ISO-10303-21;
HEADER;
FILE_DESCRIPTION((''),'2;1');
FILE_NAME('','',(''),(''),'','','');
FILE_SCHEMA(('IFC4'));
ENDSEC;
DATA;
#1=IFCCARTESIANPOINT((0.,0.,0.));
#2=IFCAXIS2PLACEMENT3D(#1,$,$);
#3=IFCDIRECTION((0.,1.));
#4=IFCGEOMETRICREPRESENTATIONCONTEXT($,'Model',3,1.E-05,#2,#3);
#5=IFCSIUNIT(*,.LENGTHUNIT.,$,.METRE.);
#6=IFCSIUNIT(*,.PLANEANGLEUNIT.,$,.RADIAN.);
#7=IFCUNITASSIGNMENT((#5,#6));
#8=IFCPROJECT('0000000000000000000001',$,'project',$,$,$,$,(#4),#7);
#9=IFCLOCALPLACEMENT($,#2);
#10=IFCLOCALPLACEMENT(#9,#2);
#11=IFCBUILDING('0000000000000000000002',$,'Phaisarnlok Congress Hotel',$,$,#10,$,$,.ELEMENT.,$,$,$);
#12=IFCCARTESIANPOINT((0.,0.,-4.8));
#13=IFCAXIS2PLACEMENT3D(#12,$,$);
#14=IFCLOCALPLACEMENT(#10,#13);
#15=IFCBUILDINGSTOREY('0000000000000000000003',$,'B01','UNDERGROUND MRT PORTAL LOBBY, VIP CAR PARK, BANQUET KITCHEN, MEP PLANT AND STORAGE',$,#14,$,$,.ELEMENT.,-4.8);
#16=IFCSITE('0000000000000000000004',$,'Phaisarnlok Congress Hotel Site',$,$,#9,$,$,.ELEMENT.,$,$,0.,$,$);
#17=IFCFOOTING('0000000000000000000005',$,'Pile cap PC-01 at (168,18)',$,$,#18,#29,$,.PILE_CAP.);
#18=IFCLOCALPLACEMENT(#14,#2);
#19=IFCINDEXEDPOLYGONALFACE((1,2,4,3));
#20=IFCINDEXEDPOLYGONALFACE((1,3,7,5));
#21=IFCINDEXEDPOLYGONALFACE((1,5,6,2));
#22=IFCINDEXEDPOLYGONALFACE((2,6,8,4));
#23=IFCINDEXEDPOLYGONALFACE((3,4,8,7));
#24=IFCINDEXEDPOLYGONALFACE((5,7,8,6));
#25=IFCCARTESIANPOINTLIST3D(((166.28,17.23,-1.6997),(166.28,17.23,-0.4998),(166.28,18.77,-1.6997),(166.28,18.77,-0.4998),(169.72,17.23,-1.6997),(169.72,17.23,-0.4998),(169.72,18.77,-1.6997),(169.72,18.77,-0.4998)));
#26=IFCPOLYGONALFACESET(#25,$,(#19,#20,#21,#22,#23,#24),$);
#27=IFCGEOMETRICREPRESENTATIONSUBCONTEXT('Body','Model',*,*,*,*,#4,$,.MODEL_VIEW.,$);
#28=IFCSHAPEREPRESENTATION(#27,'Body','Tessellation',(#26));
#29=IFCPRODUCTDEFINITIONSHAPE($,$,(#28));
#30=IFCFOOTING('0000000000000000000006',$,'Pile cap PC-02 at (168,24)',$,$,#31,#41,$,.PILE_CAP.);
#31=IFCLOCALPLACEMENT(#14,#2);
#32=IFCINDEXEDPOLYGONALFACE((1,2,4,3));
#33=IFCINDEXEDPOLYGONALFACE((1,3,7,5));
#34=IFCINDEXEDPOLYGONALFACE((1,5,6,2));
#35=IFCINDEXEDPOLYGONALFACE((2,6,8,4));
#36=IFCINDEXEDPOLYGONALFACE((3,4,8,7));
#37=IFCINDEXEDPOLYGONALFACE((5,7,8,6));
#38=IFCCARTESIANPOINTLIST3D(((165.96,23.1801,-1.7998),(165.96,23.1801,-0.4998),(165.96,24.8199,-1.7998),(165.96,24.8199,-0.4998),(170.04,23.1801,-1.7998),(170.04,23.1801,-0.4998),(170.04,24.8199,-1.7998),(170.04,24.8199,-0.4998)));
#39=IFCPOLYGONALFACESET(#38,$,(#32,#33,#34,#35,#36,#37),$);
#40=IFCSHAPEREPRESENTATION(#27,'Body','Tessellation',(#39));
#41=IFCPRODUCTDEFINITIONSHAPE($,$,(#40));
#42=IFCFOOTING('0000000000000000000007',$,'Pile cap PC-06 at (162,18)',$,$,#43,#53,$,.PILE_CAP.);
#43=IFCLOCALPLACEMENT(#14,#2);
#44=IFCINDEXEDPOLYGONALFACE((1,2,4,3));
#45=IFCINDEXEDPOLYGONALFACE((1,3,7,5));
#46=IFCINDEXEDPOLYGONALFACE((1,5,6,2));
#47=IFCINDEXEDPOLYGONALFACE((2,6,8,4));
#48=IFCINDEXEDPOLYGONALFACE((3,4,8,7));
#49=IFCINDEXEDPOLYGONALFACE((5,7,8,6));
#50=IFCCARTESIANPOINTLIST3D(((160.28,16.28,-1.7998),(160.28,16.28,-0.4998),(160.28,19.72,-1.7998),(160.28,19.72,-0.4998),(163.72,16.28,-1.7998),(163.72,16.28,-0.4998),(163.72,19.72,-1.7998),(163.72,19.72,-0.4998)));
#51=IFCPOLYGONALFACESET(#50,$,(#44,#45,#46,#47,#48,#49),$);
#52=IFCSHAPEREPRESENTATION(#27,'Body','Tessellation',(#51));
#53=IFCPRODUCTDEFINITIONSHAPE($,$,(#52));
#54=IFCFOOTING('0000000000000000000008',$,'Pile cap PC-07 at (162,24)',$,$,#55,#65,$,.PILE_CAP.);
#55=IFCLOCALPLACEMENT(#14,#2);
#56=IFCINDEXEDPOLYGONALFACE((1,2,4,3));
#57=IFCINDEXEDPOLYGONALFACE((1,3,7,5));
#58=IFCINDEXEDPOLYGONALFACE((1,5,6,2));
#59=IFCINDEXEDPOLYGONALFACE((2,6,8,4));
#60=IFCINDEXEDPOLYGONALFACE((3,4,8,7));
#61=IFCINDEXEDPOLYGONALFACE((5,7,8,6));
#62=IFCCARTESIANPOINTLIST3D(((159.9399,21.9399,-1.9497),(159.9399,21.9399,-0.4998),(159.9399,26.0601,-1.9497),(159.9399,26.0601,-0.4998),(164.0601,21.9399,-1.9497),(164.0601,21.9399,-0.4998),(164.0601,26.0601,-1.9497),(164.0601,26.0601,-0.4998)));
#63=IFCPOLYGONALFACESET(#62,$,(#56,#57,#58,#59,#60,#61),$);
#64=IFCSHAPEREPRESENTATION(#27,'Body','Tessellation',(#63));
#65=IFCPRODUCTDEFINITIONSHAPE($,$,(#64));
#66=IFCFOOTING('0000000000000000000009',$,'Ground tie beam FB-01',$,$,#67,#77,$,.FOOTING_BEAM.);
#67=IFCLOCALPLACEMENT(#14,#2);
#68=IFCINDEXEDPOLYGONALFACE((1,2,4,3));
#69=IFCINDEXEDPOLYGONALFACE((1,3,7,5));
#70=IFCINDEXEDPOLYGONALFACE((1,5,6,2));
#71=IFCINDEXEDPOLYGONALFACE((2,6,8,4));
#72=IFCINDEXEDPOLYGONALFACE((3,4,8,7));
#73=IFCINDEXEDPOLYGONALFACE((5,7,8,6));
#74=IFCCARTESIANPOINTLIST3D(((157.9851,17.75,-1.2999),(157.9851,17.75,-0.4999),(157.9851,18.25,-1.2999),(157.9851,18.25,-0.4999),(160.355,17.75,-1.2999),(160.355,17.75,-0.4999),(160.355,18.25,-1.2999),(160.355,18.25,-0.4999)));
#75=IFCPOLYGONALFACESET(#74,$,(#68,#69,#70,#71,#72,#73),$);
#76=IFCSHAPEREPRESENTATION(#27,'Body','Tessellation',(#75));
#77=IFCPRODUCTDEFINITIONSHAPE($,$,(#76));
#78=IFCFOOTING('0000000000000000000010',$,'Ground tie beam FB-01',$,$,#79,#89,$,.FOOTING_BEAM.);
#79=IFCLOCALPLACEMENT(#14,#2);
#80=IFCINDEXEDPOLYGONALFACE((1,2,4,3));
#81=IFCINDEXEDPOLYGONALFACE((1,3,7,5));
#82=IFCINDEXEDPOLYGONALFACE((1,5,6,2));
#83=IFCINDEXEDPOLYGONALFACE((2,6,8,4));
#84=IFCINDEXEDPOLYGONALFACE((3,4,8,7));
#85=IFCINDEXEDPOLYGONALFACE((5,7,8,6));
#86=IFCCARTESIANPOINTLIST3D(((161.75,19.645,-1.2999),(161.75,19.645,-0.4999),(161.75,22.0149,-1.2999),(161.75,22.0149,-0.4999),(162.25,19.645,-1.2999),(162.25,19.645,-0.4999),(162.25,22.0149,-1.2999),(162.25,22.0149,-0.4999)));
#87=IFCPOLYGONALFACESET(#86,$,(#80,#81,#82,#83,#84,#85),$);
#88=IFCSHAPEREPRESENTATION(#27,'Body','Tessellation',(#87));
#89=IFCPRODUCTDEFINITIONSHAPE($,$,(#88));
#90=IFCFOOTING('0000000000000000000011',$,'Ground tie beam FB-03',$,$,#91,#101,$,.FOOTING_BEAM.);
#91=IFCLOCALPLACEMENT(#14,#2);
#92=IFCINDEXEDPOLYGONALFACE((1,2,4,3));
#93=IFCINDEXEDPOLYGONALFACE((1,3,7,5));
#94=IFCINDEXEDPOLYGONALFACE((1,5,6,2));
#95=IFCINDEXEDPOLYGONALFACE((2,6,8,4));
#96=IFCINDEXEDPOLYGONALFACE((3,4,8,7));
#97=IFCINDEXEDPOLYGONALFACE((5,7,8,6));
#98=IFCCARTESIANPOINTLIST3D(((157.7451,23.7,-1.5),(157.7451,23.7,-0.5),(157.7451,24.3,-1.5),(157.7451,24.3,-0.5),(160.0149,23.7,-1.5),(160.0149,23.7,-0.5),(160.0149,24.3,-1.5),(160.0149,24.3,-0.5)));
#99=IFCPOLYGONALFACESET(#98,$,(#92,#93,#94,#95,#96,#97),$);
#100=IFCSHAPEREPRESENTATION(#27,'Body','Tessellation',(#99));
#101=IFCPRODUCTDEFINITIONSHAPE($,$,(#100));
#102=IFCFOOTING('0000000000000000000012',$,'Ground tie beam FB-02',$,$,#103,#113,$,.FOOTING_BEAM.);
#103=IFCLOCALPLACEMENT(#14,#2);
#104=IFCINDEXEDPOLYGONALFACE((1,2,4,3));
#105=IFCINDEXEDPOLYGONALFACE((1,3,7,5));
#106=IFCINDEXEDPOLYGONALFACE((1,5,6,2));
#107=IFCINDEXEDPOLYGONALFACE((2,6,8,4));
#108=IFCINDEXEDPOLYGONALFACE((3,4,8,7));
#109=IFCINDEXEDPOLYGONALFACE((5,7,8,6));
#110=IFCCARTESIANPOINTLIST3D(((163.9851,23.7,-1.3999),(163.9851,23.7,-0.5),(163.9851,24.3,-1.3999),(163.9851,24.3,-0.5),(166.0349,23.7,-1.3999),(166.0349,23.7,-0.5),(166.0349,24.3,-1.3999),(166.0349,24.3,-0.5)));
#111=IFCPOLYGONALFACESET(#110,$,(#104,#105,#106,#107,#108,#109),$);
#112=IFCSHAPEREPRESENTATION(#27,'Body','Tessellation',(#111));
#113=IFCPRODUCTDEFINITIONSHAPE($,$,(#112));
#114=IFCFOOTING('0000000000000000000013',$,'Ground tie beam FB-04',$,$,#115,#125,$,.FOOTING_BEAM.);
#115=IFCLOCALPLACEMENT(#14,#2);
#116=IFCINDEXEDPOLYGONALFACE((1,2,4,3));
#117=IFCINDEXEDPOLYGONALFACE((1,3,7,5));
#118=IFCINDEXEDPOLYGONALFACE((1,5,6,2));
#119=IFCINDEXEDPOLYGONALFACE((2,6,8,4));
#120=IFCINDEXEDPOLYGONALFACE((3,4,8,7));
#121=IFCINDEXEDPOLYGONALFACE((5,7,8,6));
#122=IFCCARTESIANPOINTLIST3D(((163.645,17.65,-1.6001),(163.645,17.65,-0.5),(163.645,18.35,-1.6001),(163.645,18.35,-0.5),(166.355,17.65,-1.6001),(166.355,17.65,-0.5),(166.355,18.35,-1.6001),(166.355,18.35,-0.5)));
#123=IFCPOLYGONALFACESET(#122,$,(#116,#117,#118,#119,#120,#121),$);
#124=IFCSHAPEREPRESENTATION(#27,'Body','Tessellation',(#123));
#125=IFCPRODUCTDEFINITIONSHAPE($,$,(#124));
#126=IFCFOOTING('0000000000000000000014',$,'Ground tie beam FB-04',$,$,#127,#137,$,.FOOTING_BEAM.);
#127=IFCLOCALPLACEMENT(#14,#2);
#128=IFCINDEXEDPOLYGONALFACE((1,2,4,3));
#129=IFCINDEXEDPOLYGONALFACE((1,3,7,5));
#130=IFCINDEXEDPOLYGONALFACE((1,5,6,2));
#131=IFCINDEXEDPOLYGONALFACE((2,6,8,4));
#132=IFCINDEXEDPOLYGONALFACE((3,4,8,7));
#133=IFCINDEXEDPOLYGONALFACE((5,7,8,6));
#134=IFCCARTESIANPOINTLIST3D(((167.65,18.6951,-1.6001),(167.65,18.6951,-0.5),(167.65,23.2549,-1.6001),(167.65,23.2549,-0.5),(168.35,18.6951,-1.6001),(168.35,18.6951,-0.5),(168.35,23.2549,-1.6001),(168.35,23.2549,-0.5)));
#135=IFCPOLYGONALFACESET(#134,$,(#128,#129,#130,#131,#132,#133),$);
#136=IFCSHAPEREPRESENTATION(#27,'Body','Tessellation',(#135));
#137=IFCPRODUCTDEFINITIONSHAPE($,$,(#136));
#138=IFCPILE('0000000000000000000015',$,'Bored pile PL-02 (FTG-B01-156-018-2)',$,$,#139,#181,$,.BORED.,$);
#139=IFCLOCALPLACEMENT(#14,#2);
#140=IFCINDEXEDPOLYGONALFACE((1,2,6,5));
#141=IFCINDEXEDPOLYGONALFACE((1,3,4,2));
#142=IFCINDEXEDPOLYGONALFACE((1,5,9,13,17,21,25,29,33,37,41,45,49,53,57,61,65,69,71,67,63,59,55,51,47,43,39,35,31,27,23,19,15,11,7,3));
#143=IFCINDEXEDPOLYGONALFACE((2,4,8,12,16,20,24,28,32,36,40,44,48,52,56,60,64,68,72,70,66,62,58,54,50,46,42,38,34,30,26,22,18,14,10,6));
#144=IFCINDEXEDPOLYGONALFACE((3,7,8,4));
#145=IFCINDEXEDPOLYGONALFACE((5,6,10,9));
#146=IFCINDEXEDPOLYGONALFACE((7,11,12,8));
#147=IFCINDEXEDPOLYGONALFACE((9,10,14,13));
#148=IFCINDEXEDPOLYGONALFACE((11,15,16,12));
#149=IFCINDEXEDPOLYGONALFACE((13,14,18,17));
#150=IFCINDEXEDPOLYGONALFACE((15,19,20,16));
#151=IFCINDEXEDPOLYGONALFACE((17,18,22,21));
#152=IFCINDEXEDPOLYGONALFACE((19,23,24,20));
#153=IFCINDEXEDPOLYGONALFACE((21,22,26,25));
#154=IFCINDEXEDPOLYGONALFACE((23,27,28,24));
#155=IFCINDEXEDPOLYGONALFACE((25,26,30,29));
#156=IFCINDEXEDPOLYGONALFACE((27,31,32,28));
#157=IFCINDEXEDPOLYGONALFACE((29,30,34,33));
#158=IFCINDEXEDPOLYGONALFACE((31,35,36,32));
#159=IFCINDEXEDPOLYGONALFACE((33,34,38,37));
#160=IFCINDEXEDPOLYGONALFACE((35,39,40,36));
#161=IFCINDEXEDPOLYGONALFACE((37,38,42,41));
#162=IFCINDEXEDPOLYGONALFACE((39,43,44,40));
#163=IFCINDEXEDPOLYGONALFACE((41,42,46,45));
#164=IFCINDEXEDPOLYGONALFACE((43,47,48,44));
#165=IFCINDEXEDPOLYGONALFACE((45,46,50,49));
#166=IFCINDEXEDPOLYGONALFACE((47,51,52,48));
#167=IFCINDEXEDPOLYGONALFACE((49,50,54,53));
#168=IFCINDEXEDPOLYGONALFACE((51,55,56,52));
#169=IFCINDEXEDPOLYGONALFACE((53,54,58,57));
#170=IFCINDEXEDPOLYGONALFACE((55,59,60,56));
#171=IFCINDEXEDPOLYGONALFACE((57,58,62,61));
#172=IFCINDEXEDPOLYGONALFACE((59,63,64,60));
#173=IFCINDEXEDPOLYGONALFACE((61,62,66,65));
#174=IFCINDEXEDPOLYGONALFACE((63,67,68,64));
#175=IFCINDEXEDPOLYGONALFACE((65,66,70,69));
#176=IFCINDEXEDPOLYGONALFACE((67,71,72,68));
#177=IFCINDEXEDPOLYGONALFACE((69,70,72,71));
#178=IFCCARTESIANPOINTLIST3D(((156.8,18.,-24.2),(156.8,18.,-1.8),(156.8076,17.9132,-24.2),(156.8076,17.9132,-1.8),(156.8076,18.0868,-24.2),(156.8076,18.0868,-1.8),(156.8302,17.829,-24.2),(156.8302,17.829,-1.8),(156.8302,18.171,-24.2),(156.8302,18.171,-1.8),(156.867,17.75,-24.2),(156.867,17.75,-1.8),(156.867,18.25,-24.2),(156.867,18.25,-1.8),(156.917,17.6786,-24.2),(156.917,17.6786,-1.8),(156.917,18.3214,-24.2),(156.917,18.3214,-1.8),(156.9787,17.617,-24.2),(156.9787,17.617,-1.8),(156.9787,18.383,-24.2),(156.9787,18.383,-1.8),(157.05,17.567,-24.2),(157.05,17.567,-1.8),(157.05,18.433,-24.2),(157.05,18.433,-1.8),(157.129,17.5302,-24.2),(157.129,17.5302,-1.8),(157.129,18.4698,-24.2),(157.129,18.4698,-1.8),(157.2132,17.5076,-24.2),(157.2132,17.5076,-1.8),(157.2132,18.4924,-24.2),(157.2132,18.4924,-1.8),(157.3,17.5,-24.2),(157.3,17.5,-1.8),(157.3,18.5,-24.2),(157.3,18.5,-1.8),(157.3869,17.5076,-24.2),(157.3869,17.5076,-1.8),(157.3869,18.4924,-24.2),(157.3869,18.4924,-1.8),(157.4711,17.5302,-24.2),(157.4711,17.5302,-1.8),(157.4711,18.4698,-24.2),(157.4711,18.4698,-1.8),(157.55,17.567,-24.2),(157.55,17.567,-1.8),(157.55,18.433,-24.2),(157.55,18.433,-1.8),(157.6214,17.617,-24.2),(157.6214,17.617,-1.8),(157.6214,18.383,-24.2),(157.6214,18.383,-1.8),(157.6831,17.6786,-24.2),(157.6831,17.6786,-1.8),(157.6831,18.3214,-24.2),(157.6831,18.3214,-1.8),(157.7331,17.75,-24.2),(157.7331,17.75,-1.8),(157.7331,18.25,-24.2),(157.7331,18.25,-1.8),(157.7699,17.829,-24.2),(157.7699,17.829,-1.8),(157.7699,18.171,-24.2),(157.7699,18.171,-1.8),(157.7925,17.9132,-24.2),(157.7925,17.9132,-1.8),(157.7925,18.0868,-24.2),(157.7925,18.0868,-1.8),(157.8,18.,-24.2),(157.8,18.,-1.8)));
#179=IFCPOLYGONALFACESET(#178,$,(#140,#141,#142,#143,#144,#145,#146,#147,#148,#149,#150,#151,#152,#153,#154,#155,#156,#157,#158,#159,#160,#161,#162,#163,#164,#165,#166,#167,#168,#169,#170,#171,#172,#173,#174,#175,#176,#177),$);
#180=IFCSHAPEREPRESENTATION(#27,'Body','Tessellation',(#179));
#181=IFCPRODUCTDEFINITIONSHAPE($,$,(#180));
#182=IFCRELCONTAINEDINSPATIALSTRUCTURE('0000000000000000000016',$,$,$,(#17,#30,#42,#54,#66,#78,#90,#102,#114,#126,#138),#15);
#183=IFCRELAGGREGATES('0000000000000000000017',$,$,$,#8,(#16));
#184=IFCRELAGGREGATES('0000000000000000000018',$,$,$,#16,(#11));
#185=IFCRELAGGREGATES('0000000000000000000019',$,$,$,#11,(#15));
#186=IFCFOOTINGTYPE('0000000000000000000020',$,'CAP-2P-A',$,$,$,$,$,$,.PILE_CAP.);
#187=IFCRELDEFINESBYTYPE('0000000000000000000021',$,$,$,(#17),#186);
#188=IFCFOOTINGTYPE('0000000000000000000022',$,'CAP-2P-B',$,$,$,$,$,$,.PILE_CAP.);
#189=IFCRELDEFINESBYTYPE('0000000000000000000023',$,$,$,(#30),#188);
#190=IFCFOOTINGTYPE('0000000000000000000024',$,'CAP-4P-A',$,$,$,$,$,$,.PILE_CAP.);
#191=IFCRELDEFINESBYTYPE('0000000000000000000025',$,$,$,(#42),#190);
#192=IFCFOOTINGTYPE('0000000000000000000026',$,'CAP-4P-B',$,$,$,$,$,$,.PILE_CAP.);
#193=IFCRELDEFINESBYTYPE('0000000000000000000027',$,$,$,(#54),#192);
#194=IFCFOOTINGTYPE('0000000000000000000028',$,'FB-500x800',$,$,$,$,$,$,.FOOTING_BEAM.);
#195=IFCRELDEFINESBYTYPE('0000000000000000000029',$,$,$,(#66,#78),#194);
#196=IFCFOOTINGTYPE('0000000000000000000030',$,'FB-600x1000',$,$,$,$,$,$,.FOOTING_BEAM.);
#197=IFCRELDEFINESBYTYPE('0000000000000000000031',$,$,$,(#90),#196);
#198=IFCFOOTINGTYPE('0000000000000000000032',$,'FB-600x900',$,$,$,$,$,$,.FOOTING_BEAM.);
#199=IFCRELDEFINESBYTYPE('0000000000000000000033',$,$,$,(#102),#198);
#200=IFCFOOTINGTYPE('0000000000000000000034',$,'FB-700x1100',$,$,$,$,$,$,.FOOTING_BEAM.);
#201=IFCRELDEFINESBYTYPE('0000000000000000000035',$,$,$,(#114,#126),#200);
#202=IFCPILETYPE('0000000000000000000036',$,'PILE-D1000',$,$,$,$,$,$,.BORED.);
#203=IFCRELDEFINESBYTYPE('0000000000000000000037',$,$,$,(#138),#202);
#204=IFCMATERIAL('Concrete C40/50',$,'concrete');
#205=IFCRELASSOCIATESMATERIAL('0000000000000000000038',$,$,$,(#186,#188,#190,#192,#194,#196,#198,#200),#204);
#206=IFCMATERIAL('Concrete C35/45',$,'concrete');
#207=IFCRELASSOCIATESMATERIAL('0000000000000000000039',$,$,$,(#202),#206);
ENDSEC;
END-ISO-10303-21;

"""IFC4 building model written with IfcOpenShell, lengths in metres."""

from ifc_helpers import new_model, si_unit, direction, frame, origin, origin_2d, place, context, subcontext, project, spatial, rectangle, circle, extrude, material, material_profile, profile_set, type_object, element, save


model = new_model("IFC4")

# Units and contexts
model_context = context("Model", 3, precision=1e-05, world=origin(), true_north=direction((0.0, 1.0)))
body_context = subcontext(model_context, "Body", "Model", "MODEL_VIEW")
ifc_project = project(units=[si_unit("LENGTHUNIT", "METRE"), si_unit("PLANEANGLEUNIT", "RADIAN")], contexts=[model_context])

# Site, building, storey
site_placement = place(None, origin())
site = spatial("IfcSite", under=ifc_project, at=site_placement, Name="Phaisarnlok Congress Hotel Site", CompositionType="ELEMENT", RefElevation=0.0)
building_placement = place(site_placement, origin())
building = spatial("IfcBuilding", under=site, at=building_placement, Name="Phaisarnlok Congress Hotel", CompositionType="ELEMENT")
storey_placement = place(building_placement, frame((0.0, 0.0, -4.8)))
storey = spatial("IfcBuildingStorey", under=building, at=storey_placement, Name="B01", Description="UNDERGROUND MRT PORTAL LOBBY, VIP CAR PARK, BANQUET KITCHEN, MEP PLANT AND STORAGE", CompositionType="ELEMENT", Elevation=-4.8)

# Footings
ifc_material_1 = material(Name="Concrete C40/50", Category="concrete")
footing_type_1 = type_object("IfcFootingType", Name="CAP-2P-A", PredefinedType="PILE_CAP", material=ifc_material_1)
footing_1_placement = place(storey_placement, frame((168.0, 18.0, -1.6997), z_axis=(0.0, 0.0, 1.0), x_axis=(1.0, 0.0, 0.0)))
element("IfcFooting", 1, at=footing_1_placement, inside=storey, type_object=footing_type_1, Name="Pile cap PC-01 at (168,18)", PredefinedType="PILE_CAP", context=body_context, shape_type="SweptSolid", body=[
    extrude(rectangle(XDim=3.4399, YDim=1.54, at=origin_2d()), origin(), (0.0, 0.0, 1.0), 1.2),
])
footing_type_2 = type_object("IfcFootingType", Name="CAP-2P-B", PredefinedType="PILE_CAP", material=ifc_material_1)
footing_2_placement = place(storey_placement, frame((168.0, 24.0, -1.7998), z_axis=(0.0, 0.0, 1.0), x_axis=(1.0, 0.0, 0.0)))
element("IfcFooting", 2, at=footing_2_placement, inside=storey, type_object=footing_type_2, Name="Pile cap PC-02 at (168,24)", PredefinedType="PILE_CAP", context=body_context, shape_type="SweptSolid", body=[
    extrude(rectangle(XDim=4.0801, YDim=1.6399, at=origin_2d()), origin(), (0.0, 0.0, 1.0), 1.3),
])
footing_type_3 = type_object("IfcFootingType", Name="CAP-4P-A", PredefinedType="PILE_CAP", material=ifc_material_1)
footing_3_placement = place(storey_placement, frame((162.0, 18.0, -1.7998), z_axis=(0.0, 0.0, 1.0), x_axis=(1.0, 0.0, 0.0)))
element("IfcFooting", 3, at=footing_3_placement, inside=storey, type_object=footing_type_3, Name="Pile cap PC-06 at (162,18)", PredefinedType="PILE_CAP", context=body_context, shape_type="SweptSolid", body=[
    extrude(rectangle(XDim=3.4399, YDim=3.4399, at=origin_2d()), origin(), (0.0, 0.0, 1.0), 1.3),
])
footing_type_4 = type_object("IfcFootingType", Name="CAP-4P-B", PredefinedType="PILE_CAP", material=ifc_material_1)
footing_4_placement = place(storey_placement, frame((162.0, 24.0, -1.9497), z_axis=(0.0, 0.0, 1.0), x_axis=(1.0, 0.0, 0.0)))
element("IfcFooting", 4, at=footing_4_placement, inside=storey, type_object=footing_type_4, Name="Pile cap PC-07 at (162,24)", PredefinedType="PILE_CAP", context=body_context, shape_type="SweptSolid", body=[
    extrude(rectangle(XDim=4.1201, YDim=4.1201, at=origin_2d()), origin(), (0.0, 0.0, 1.0), 1.45),
])
ifc_material_profile_1 = material_profile(ifc_material_1, rectangle(XDim=0.5, YDim=0.8, at=origin_2d()), Name="FB-500x800")
ifc_profile_set_1 = profile_set([ifc_material_profile_1], Name="Concrete C40/50")
footing_type_5 = type_object("IfcFootingType", Name="FB-500x800", PredefinedType="FOOTING_BEAM", material=ifc_profile_set_1)
for number, where, z_axis, x_axis, name in (
    (5, (157.9851, 18.0, -0.8999), (1.0, 0.0, 0.0), (0.0, 1.0, 0.0), "Ground tie beam FB-01"),
    (6, (162.0, 19.645, -0.8999), (0.0, 1.0, 0.0), (-1.0, 0.0, 0.0), "Ground tie beam FB-01"),
):
    element("IfcFooting", number, at=place(storey_placement, frame(where, z_axis=z_axis, x_axis=x_axis)), inside=storey, type_object=footing_type_5, Name=name, PredefinedType="FOOTING_BEAM", context=body_context, shape_type="SweptSolid", body=[
        extrude(rectangle(XDim=0.5, YDim=0.8, at=origin_2d()), origin(), (0.0, 0.0, 1.0), 2.3699),
    ])
ifc_material_profile_2 = material_profile(ifc_material_1, rectangle(XDim=0.6001, YDim=1.0, at=origin_2d()), Name="FB-600x1000")
ifc_profile_set_2 = profile_set([ifc_material_profile_2], Name="Concrete C40/50")
footing_type_6 = type_object("IfcFootingType", Name="FB-600x1000", PredefinedType="FOOTING_BEAM", material=ifc_profile_set_2)
footing_5_placement = place(storey_placement, frame((157.7451, 24.0, -1.0), z_axis=(1.0, 0.0, 0.0), x_axis=(0.0, 1.0, 0.0)))
element("IfcFooting", 7, at=footing_5_placement, inside=storey, type_object=footing_type_6, Name="Ground tie beam FB-03", PredefinedType="FOOTING_BEAM", context=body_context, shape_type="SweptSolid", body=[
    extrude(rectangle(XDim=0.6001, YDim=1.0, at=origin_2d()), origin(), (0.0, 0.0, 1.0), 2.2698),
])
ifc_material_profile_3 = material_profile(ifc_material_1, rectangle(XDim=0.6001, YDim=0.8999, at=origin_2d()), Name="FB-600x900")
ifc_profile_set_3 = profile_set([ifc_material_profile_3], Name="Concrete C40/50")
footing_type_7 = type_object("IfcFootingType", Name="FB-600x900", PredefinedType="FOOTING_BEAM", material=ifc_profile_set_3)
footing_6_placement = place(storey_placement, frame((163.9851, 24.0, -0.95), z_axis=(1.0, 0.0, 0.0), x_axis=(0.0, 1.0, 0.0)))
element("IfcFooting", 8, at=footing_6_placement, inside=storey, type_object=footing_type_7, Name="Ground tie beam FB-02", PredefinedType="FOOTING_BEAM", context=body_context, shape_type="SweptSolid", body=[
    extrude(rectangle(XDim=0.6001, YDim=0.8999, at=origin_2d()), origin(), (0.0, 0.0, 1.0), 2.0498),
])
ifc_material_profile_4 = material_profile(ifc_material_1, rectangle(XDim=0.7, YDim=1.1001, at=origin_2d()), Name="FB-700x1100")
ifc_profile_set_4 = profile_set([ifc_material_profile_4], Name="Concrete C40/50")
footing_type_8 = type_object("IfcFootingType", Name="FB-700x1100", PredefinedType="FOOTING_BEAM", material=ifc_profile_set_4)
footing_7_placement = place(storey_placement, frame((163.645, 18.0, -1.05), z_axis=(1.0, 0.0, 0.0), x_axis=(0.0, 1.0, 0.0)))
element("IfcFooting", 9, at=footing_7_placement, inside=storey, type_object=footing_type_8, Name="Ground tie beam FB-04", PredefinedType="FOOTING_BEAM", context=body_context, shape_type="SweptSolid", body=[
    extrude(rectangle(XDim=0.7, YDim=1.1001, at=origin_2d()), origin(), (0.0, 0.0, 1.0), 2.71),
])
footing_8_placement = place(storey_placement, frame((168.0, 18.6951, -1.05), z_axis=(0.0, 1.0, 0.0), x_axis=(-1.0, 0.0, 0.0)))
element("IfcFooting", 10, at=footing_8_placement, inside=storey, type_object=footing_type_8, Name="Ground tie beam FB-04", PredefinedType="FOOTING_BEAM", context=body_context, shape_type="SweptSolid", body=[
    extrude(rectangle(XDim=0.7, YDim=1.1001, at=origin_2d()), origin(), (0.0, 0.0, 1.0), 4.5598),
])

# Pile
ifc_material_2 = material(Name="Concrete C35/45", Category="concrete")
ifc_material_profile_5 = material_profile(ifc_material_2, circle(Radius=0.5, at=origin_2d()), Name="BORED PILE D1000")
ifc_profile_set_5 = profile_set([ifc_material_profile_5], Name="Concrete C35/45")
pile_type_1 = type_object("IfcPileType", Name="PILE-D1000", PredefinedType="BORED", material=ifc_profile_set_5)
pile_1_placement = place(storey_placement, frame((157.3, 18.0, -1.8), z_axis=(0.0, 0.0, -1.0), x_axis=(1.0, 0.0, 0.0)))
element("IfcPile", 11, at=pile_1_placement, inside=storey, type_object=pile_type_1, Name="Bored pile PL-02 (FTG-B01-156-018-2)", PredefinedType="BORED", context=body_context, shape_type="SweptSolid", body=[
    extrude(circle(Radius=0.5, at=origin_2d()), origin(), (0.0, 0.0, 1.0), 22.3999),
])

save(model, "model.ifc")
